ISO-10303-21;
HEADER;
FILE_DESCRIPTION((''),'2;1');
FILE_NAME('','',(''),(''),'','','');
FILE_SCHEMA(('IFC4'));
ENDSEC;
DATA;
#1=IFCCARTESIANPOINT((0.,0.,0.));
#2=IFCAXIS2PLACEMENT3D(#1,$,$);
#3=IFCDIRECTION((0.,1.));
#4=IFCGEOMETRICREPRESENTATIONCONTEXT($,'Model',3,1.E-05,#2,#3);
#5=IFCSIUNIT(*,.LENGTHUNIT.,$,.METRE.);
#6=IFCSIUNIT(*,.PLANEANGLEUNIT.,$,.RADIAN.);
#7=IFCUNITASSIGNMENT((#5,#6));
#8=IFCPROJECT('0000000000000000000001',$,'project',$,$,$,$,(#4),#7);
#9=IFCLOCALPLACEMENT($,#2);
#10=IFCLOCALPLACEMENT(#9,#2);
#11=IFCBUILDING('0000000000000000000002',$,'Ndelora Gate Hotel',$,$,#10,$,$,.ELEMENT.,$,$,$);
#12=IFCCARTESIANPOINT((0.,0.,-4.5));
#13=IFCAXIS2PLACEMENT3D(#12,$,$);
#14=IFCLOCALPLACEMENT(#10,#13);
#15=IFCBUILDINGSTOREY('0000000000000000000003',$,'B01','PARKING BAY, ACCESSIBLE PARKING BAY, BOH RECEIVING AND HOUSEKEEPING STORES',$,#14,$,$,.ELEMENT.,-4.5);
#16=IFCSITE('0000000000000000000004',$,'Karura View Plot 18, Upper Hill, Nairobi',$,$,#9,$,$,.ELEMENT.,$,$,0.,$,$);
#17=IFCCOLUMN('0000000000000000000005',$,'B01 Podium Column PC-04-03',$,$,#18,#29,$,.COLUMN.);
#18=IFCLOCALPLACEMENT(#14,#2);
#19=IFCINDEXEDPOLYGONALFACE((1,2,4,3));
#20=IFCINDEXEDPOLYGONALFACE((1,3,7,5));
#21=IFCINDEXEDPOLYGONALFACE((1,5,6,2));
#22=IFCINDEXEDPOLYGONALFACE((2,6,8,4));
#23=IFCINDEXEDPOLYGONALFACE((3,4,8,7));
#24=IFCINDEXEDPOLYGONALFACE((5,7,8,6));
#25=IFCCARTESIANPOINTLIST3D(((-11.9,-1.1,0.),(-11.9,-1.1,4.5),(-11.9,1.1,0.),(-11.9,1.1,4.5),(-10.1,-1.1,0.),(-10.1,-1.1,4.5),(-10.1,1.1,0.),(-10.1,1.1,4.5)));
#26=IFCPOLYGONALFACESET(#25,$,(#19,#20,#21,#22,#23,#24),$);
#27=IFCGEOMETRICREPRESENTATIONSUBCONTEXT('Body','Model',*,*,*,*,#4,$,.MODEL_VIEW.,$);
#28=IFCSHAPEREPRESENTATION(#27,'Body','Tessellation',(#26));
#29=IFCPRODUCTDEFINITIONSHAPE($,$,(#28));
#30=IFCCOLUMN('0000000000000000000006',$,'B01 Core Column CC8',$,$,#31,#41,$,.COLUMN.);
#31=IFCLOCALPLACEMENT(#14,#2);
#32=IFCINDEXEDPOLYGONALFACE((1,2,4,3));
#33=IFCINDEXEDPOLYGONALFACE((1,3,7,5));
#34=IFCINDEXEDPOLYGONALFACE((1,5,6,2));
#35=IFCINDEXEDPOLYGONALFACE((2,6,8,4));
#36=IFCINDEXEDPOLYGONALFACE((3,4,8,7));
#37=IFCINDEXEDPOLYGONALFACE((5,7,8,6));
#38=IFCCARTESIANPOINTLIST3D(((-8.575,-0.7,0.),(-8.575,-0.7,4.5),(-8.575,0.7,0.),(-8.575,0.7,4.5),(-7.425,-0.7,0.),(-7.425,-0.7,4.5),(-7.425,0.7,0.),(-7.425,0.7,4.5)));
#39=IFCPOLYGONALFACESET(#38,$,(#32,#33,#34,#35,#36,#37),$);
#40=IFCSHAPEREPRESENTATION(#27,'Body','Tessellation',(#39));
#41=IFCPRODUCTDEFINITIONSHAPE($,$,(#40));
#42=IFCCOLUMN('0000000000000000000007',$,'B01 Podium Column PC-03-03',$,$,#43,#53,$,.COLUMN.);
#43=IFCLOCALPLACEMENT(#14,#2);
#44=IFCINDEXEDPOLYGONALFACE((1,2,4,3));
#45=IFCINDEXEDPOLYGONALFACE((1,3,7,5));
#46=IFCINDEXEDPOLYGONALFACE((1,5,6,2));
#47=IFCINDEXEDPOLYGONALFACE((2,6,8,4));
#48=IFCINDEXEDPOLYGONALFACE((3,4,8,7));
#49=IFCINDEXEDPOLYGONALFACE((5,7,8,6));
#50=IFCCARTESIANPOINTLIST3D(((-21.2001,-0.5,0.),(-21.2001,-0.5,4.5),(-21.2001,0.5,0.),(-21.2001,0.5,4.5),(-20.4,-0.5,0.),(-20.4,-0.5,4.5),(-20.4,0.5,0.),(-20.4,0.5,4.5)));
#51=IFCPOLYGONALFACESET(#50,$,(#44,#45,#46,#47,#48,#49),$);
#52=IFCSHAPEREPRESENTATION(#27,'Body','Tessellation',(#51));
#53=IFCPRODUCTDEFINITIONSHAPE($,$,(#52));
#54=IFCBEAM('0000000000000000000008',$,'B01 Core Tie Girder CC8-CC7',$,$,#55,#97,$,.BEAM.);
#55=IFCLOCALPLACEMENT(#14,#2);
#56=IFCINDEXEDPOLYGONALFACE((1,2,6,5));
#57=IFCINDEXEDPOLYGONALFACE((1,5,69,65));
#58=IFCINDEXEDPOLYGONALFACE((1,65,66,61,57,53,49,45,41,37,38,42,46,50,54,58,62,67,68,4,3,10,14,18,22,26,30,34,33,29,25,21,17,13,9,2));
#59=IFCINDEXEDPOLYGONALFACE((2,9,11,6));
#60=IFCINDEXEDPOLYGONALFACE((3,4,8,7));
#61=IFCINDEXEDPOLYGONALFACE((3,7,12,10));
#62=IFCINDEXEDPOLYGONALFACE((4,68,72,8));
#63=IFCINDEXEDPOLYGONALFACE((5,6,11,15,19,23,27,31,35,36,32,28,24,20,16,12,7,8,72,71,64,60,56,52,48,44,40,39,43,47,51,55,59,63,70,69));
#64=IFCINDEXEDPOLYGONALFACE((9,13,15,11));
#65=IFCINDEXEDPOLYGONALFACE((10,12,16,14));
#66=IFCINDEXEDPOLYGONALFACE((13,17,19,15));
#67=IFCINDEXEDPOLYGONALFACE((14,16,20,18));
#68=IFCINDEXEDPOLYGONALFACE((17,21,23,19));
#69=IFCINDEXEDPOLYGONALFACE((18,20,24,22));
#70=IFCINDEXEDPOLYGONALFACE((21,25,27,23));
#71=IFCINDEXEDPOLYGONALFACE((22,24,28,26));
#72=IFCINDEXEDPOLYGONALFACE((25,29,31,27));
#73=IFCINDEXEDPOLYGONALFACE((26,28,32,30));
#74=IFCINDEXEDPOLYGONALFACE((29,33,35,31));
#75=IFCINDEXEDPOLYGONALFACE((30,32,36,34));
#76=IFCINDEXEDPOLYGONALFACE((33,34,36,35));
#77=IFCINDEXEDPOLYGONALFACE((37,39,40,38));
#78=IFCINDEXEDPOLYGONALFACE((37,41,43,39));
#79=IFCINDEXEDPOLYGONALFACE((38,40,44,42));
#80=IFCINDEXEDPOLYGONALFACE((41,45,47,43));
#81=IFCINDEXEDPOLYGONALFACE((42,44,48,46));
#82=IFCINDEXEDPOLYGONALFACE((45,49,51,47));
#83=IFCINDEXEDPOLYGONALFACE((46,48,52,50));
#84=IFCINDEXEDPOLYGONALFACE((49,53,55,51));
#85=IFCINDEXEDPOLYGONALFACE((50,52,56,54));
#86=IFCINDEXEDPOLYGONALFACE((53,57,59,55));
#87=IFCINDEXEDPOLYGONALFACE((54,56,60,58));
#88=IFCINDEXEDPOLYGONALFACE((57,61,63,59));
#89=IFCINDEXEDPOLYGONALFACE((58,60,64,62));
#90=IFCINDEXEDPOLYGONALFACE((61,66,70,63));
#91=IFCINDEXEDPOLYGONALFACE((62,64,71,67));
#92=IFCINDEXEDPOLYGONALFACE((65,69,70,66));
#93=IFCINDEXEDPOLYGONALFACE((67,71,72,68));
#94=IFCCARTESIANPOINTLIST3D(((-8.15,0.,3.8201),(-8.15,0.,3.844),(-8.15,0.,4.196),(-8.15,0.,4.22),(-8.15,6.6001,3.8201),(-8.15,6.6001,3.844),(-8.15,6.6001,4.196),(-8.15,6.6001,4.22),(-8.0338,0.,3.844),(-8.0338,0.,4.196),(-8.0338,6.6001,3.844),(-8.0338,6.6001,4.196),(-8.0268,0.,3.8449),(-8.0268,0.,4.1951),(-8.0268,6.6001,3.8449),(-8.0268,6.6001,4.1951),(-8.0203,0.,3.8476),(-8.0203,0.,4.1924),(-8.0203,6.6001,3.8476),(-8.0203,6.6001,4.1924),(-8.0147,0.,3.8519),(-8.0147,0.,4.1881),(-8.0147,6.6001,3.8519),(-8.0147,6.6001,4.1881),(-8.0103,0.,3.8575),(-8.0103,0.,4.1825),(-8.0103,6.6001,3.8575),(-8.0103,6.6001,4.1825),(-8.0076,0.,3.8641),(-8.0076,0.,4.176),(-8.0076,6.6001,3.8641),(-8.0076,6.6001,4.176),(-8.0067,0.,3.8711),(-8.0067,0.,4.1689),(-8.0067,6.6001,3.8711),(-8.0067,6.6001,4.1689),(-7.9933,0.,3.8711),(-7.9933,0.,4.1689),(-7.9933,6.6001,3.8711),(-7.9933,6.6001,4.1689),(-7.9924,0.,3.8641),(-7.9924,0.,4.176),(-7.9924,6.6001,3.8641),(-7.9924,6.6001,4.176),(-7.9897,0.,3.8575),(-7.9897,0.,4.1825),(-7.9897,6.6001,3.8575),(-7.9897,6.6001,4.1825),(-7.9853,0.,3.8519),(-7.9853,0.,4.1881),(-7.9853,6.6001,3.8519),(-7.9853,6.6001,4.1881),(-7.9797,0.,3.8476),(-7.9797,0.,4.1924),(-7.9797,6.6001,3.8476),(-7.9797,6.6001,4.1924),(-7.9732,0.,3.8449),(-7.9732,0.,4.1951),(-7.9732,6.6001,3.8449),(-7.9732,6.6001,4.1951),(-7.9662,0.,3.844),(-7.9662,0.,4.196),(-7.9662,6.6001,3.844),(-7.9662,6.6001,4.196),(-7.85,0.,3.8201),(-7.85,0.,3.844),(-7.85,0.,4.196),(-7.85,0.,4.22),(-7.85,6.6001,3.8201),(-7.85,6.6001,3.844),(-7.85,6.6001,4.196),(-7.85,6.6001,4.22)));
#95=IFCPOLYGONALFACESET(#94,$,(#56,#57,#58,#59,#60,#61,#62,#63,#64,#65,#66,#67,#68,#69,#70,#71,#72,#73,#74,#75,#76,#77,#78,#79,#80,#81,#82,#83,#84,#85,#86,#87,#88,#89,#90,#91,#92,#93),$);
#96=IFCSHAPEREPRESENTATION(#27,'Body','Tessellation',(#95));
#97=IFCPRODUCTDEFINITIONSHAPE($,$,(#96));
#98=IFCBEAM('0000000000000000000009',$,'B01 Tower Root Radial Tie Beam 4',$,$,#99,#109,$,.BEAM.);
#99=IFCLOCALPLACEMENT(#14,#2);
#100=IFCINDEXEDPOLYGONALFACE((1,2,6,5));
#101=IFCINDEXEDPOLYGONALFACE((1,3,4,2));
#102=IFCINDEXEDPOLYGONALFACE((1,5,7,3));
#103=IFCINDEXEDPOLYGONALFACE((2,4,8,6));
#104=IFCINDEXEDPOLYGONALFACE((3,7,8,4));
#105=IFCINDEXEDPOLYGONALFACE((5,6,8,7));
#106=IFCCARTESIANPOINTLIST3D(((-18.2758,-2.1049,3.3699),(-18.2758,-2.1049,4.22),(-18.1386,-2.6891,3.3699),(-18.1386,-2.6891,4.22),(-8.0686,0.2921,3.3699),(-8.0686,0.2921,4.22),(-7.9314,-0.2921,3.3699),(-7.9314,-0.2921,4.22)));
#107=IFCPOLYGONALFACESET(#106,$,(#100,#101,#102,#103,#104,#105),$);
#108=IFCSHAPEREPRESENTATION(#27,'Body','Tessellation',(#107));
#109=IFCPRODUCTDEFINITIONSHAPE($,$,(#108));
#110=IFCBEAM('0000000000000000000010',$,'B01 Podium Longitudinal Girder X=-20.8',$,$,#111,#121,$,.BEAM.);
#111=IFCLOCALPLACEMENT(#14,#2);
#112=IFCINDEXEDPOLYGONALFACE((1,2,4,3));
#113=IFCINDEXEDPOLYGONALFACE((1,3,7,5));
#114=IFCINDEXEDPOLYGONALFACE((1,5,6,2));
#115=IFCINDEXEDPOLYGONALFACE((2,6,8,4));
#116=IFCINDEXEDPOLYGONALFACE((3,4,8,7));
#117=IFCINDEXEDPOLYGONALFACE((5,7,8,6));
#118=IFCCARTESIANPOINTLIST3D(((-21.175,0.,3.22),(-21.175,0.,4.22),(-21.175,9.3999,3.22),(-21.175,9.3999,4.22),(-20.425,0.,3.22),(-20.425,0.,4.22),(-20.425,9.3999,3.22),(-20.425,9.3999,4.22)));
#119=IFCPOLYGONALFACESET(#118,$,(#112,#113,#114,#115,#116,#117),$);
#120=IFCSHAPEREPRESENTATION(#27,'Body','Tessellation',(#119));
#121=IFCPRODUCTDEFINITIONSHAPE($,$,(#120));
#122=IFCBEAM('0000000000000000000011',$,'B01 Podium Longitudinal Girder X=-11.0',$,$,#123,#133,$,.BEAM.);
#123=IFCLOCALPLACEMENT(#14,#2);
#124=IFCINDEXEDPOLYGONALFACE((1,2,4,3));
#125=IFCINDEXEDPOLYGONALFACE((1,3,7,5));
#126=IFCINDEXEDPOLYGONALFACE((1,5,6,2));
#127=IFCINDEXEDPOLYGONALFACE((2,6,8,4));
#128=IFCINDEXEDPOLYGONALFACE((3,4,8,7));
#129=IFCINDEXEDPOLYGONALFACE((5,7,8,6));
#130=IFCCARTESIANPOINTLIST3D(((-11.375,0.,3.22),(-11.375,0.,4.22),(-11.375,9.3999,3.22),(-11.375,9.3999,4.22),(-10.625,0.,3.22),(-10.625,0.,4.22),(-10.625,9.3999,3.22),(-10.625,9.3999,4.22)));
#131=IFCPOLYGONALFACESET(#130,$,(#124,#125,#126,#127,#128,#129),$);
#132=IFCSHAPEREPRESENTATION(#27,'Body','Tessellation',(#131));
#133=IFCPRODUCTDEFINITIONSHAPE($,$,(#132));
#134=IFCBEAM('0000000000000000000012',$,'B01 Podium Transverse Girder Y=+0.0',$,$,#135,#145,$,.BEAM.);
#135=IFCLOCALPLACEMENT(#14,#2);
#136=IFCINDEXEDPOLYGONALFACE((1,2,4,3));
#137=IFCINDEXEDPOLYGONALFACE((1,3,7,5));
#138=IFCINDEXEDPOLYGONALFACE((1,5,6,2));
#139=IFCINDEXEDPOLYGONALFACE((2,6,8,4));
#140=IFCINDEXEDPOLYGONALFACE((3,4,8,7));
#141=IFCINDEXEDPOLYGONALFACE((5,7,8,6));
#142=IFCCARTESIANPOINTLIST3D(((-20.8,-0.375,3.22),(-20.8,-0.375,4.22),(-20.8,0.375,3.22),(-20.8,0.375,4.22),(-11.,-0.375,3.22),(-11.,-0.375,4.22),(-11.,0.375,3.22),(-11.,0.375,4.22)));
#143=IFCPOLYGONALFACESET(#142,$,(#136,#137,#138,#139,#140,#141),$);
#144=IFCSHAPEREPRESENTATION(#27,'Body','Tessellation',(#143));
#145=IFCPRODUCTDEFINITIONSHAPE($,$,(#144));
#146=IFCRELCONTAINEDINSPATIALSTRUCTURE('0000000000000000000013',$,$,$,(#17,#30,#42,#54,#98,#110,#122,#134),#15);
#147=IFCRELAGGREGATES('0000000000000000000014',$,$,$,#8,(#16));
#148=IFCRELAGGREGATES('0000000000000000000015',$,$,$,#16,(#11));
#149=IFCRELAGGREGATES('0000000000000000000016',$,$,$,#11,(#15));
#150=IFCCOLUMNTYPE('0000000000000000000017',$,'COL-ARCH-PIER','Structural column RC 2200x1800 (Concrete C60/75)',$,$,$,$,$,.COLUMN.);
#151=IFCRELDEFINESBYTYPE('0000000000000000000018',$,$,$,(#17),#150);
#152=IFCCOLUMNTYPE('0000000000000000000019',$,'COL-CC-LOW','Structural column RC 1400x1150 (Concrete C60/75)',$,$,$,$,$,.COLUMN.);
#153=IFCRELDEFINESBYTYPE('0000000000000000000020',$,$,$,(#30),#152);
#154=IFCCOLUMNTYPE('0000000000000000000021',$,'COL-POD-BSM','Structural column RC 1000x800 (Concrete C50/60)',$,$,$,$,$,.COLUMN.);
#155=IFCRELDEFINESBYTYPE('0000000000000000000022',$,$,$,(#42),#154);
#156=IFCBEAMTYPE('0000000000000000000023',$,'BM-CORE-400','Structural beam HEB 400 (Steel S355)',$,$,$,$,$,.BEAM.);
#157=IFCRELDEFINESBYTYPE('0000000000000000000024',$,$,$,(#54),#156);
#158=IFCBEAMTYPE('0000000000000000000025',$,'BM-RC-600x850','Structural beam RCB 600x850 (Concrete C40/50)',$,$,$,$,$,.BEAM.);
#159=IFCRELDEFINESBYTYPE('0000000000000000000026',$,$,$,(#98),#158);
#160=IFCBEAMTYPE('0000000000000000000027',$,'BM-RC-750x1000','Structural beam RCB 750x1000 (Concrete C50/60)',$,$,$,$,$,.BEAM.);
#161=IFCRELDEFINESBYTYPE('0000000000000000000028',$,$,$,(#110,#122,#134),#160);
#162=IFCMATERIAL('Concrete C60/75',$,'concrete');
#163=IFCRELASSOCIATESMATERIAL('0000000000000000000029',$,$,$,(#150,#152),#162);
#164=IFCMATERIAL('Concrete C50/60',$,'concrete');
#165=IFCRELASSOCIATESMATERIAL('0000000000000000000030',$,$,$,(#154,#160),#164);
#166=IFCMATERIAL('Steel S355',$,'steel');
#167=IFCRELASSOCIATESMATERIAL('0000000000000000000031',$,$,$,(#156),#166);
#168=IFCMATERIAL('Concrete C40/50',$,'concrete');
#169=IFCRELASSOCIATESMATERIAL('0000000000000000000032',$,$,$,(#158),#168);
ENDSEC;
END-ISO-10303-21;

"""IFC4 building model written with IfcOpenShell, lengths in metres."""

from ifc_helpers import new_model, si_unit, direction, frame, origin, origin_2d, place, context, subcontext, project, spatial, rectangle, i_section, extrude, material, material_profile, profile_set, type_object, element, save


model = new_model("IFC4")

# Units and contexts
model_context = context("Model", 3, precision=1e-05, world=origin(), true_north=direction((0.0, 1.0)))
body_context = subcontext(model_context, "Body", "Model", "MODEL_VIEW")
ifc_project = project(units=[si_unit("LENGTHUNIT", "METRE"), si_unit("PLANEANGLEUNIT", "RADIAN")], contexts=[model_context])

# Site, building, storey
site_placement = place(None, origin())
site = spatial("IfcSite", under=ifc_project, at=site_placement, Name="Karura View Plot 18, Upper Hill, Nairobi", CompositionType="ELEMENT", RefElevation=0.0)
building_placement = place(site_placement, origin())
building = spatial("IfcBuilding", under=site, at=building_placement, Name="Ndelora Gate Hotel", CompositionType="ELEMENT")
storey_placement = place(building_placement, frame((0.0, 0.0, -4.5)))
storey = spatial("IfcBuildingStorey", under=building, at=storey_placement, Name="B01", Description="PARKING BAY, ACCESSIBLE PARKING BAY, BOH RECEIVING AND HOUSEKEEPING STORES", CompositionType="ELEMENT", Elevation=-4.5)

# Columns
ifc_material_1 = material(Name="Concrete C60/75", Category="concrete")
ifc_material_profile_1 = material_profile(ifc_material_1, rectangle(XDim=1.8, YDim=2.2, at=origin_2d()), Name="RC 2200x1800")
ifc_profile_set_1 = profile_set([ifc_material_profile_1], Name="Concrete C60/75")
column_type_1 = type_object("IfcColumnType", Name="COL-ARCH-PIER", Description="Structural column RC 2200x1800 (Concrete C60/75)", PredefinedType="COLUMN", material=ifc_profile_set_1)
column_1_placement = place(storey_placement, frame((-11.0, 0.0, 0.0), z_axis=(0.0, 0.0, 1.0), x_axis=(1.0, 0.0, 0.0)))
element("IfcColumn", 1, at=column_1_placement, inside=storey, type_object=column_type_1, Name="B01 Podium Column PC-04-03", PredefinedType="COLUMN", context=body_context, shape_type="SweptSolid", body=[
    extrude(rectangle(XDim=1.8, YDim=2.2, at=origin_2d()), origin(), (0.0, 0.0, 1.0), 4.5),
])
ifc_material_profile_2 = material_profile(ifc_material_1, rectangle(XDim=1.1499, YDim=1.3999, at=origin_2d()), Name="RC 1400x1150")
ifc_profile_set_2 = profile_set([ifc_material_profile_2], Name="Concrete C60/75")
column_type_2 = type_object("IfcColumnType", Name="COL-CC-LOW", Description="Structural column RC 1400x1150 (Concrete C60/75)", PredefinedType="COLUMN", material=ifc_profile_set_2)
column_2_placement = place(storey_placement, frame((-8.0, 0.0, 0.0), z_axis=(0.0, 0.0, 1.0), x_axis=(1.0, 0.0, 0.0)))
element("IfcColumn", 2, at=column_2_placement, inside=storey, type_object=column_type_2, Name="B01 Core Column CC8", PredefinedType="COLUMN", context=body_context, shape_type="SweptSolid", body=[
    extrude(rectangle(XDim=1.1499, YDim=1.3999, at=origin_2d()), origin(), (0.0, 0.0, 1.0), 4.5),
])
ifc_material_2 = material(Name="Concrete C50/60", Category="concrete")
ifc_material_profile_3 = material_profile(ifc_material_2, rectangle(XDim=0.8, YDim=1.0, at=origin_2d()), Name="RC 1000x800")
ifc_profile_set_3 = profile_set([ifc_material_profile_3], Name="Concrete C50/60")
column_type_3 = type_object("IfcColumnType", Name="COL-POD-BSM", Description="Structural column RC 1000x800 (Concrete C50/60)", PredefinedType="COLUMN", material=ifc_profile_set_3)
column_3_placement = place(storey_placement, frame((-20.8, 0.0, 0.0), z_axis=(0.0, 0.0, 1.0), x_axis=(1.0, 0.0, 0.0)))
element("IfcColumn", 3, at=column_3_placement, inside=storey, type_object=column_type_3, Name="B01 Podium Column PC-03-03", PredefinedType="COLUMN", context=body_context, shape_type="SweptSolid", body=[
    extrude(rectangle(XDim=0.8, YDim=1.0, at=origin_2d()), origin(), (0.0, 0.0, 1.0), 4.5),
])

# Beams
ifc_material_3 = material(Name="Steel S355", Category="steel")
ifc_material_profile_4 = material_profile(ifc_material_3, i_section(OverallWidth=0.3, OverallDepth=0.3999, WebThickness=0.0134, FlangeThickness=0.0239, FilletRadius=0.0271, at=origin_2d()), Name="HEB 400")
ifc_profile_set_4 = profile_set([ifc_material_profile_4], Name="Steel S355")
beam_type_1 = type_object("IfcBeamType", Name="BM-CORE-400", Description="Structural beam HEB 400 (Steel S355)", PredefinedType="BEAM", material=ifc_profile_set_4)
beam_1_placement = place(storey_placement, frame((-8.0, 0.0, 4.02), z_axis=(0.0, 1.0, 0.0), x_axis=(-1.0, 0.0, 0.0)))
element("IfcBeam", 4, at=beam_1_placement, inside=storey, type_object=beam_type_1, Name="B01 Core Tie Girder CC8-CC7", PredefinedType="BEAM", context=body_context, shape_type="SweptSolid", body=[
    extrude(i_section(OverallWidth=0.3, OverallDepth=0.3999, WebThickness=0.0134, FlangeThickness=0.0239, FilletRadius=0.0271, at=origin_2d()), origin(), (0.0, 0.0, 1.0), 6.6001),
])
ifc_material_4 = material(Name="Concrete C40/50", Category="concrete")
ifc_material_profile_5 = material_profile(ifc_material_4, rectangle(XDim=0.6001, YDim=0.8501, at=origin_2d()), Name="RCB 600x850")
ifc_profile_set_5 = profile_set([ifc_material_profile_5], Name="Concrete C40/50")
beam_type_2 = type_object("IfcBeamType", Name="BM-RC-600x850", Description="Structural beam RCB 600x850 (Concrete C40/50)", PredefinedType="BEAM", material=ifc_profile_set_5)
beam_2_placement = place(storey_placement, frame((-8.0, 0.0, 3.7949), z_axis=(-0.973518, -0.228611, 0.0), x_axis=(0.228611, -0.973518, 0.0)))
element("IfcBeam", 5, at=beam_2_placement, inside=storey, type_object=beam_type_2, Name="B01 Tower Root Radial Tie Beam 4", PredefinedType="BEAM", context=body_context, shape_type="SweptSolid", body=[
    extrude(rectangle(XDim=0.6001, YDim=0.8501, at=origin_2d()), origin(), (0.0, 0.0, 1.0), 10.4849),
])
ifc_material_profile_6 = material_profile(ifc_material_2, rectangle(XDim=0.75, YDim=1.0, at=origin_2d()), Name="RCB 750x1000")
ifc_profile_set_6 = profile_set([ifc_material_profile_6], Name="Concrete C50/60")
beam_type_3 = type_object("IfcBeamType", Name="BM-RC-750x1000", Description="Structural beam RCB 750x1000 (Concrete C50/60)", PredefinedType="BEAM", material=ifc_profile_set_6)
for number, where, z_axis, x_axis, name in (
    (6, (-20.8, 0.0, 3.72), (0.0, 1.0, 0.0), (-1.0, 0.0, 0.0), "B01 Podium Longitudinal Girder X=-20.8"),
    (7, (-11.0, 0.0, 3.72), (0.0, 1.0, 0.0), (-1.0, 0.0, 0.0), "B01 Podium Longitudinal Girder X=-11.0"),
):
    element("IfcBeam", number, at=place(storey_placement, frame(where, z_axis=z_axis, x_axis=x_axis)), inside=storey, type_object=beam_type_3, Name=name, PredefinedType="BEAM", context=body_context, shape_type="SweptSolid", body=[
        extrude(rectangle(XDim=0.75, YDim=1.0, at=origin_2d()), origin(), (0.0, 0.0, 1.0), 9.3999),
    ])
beam_3_placement = place(storey_placement, frame((-20.8, 0.0, 3.72), z_axis=(1.0, 0.0, 0.0), x_axis=(0.0, 1.0, 0.0)))
element("IfcBeam", 8, at=beam_3_placement, inside=storey, type_object=beam_type_3, Name="B01 Podium Transverse Girder Y=+0.0", PredefinedType="BEAM", context=body_context, shape_type="SweptSolid", body=[
    extrude(rectangle(XDim=0.75, YDim=1.0, at=origin_2d()), origin(), (0.0, 0.0, 1.0), 9.8),
])

save(model, "model.ifc")
